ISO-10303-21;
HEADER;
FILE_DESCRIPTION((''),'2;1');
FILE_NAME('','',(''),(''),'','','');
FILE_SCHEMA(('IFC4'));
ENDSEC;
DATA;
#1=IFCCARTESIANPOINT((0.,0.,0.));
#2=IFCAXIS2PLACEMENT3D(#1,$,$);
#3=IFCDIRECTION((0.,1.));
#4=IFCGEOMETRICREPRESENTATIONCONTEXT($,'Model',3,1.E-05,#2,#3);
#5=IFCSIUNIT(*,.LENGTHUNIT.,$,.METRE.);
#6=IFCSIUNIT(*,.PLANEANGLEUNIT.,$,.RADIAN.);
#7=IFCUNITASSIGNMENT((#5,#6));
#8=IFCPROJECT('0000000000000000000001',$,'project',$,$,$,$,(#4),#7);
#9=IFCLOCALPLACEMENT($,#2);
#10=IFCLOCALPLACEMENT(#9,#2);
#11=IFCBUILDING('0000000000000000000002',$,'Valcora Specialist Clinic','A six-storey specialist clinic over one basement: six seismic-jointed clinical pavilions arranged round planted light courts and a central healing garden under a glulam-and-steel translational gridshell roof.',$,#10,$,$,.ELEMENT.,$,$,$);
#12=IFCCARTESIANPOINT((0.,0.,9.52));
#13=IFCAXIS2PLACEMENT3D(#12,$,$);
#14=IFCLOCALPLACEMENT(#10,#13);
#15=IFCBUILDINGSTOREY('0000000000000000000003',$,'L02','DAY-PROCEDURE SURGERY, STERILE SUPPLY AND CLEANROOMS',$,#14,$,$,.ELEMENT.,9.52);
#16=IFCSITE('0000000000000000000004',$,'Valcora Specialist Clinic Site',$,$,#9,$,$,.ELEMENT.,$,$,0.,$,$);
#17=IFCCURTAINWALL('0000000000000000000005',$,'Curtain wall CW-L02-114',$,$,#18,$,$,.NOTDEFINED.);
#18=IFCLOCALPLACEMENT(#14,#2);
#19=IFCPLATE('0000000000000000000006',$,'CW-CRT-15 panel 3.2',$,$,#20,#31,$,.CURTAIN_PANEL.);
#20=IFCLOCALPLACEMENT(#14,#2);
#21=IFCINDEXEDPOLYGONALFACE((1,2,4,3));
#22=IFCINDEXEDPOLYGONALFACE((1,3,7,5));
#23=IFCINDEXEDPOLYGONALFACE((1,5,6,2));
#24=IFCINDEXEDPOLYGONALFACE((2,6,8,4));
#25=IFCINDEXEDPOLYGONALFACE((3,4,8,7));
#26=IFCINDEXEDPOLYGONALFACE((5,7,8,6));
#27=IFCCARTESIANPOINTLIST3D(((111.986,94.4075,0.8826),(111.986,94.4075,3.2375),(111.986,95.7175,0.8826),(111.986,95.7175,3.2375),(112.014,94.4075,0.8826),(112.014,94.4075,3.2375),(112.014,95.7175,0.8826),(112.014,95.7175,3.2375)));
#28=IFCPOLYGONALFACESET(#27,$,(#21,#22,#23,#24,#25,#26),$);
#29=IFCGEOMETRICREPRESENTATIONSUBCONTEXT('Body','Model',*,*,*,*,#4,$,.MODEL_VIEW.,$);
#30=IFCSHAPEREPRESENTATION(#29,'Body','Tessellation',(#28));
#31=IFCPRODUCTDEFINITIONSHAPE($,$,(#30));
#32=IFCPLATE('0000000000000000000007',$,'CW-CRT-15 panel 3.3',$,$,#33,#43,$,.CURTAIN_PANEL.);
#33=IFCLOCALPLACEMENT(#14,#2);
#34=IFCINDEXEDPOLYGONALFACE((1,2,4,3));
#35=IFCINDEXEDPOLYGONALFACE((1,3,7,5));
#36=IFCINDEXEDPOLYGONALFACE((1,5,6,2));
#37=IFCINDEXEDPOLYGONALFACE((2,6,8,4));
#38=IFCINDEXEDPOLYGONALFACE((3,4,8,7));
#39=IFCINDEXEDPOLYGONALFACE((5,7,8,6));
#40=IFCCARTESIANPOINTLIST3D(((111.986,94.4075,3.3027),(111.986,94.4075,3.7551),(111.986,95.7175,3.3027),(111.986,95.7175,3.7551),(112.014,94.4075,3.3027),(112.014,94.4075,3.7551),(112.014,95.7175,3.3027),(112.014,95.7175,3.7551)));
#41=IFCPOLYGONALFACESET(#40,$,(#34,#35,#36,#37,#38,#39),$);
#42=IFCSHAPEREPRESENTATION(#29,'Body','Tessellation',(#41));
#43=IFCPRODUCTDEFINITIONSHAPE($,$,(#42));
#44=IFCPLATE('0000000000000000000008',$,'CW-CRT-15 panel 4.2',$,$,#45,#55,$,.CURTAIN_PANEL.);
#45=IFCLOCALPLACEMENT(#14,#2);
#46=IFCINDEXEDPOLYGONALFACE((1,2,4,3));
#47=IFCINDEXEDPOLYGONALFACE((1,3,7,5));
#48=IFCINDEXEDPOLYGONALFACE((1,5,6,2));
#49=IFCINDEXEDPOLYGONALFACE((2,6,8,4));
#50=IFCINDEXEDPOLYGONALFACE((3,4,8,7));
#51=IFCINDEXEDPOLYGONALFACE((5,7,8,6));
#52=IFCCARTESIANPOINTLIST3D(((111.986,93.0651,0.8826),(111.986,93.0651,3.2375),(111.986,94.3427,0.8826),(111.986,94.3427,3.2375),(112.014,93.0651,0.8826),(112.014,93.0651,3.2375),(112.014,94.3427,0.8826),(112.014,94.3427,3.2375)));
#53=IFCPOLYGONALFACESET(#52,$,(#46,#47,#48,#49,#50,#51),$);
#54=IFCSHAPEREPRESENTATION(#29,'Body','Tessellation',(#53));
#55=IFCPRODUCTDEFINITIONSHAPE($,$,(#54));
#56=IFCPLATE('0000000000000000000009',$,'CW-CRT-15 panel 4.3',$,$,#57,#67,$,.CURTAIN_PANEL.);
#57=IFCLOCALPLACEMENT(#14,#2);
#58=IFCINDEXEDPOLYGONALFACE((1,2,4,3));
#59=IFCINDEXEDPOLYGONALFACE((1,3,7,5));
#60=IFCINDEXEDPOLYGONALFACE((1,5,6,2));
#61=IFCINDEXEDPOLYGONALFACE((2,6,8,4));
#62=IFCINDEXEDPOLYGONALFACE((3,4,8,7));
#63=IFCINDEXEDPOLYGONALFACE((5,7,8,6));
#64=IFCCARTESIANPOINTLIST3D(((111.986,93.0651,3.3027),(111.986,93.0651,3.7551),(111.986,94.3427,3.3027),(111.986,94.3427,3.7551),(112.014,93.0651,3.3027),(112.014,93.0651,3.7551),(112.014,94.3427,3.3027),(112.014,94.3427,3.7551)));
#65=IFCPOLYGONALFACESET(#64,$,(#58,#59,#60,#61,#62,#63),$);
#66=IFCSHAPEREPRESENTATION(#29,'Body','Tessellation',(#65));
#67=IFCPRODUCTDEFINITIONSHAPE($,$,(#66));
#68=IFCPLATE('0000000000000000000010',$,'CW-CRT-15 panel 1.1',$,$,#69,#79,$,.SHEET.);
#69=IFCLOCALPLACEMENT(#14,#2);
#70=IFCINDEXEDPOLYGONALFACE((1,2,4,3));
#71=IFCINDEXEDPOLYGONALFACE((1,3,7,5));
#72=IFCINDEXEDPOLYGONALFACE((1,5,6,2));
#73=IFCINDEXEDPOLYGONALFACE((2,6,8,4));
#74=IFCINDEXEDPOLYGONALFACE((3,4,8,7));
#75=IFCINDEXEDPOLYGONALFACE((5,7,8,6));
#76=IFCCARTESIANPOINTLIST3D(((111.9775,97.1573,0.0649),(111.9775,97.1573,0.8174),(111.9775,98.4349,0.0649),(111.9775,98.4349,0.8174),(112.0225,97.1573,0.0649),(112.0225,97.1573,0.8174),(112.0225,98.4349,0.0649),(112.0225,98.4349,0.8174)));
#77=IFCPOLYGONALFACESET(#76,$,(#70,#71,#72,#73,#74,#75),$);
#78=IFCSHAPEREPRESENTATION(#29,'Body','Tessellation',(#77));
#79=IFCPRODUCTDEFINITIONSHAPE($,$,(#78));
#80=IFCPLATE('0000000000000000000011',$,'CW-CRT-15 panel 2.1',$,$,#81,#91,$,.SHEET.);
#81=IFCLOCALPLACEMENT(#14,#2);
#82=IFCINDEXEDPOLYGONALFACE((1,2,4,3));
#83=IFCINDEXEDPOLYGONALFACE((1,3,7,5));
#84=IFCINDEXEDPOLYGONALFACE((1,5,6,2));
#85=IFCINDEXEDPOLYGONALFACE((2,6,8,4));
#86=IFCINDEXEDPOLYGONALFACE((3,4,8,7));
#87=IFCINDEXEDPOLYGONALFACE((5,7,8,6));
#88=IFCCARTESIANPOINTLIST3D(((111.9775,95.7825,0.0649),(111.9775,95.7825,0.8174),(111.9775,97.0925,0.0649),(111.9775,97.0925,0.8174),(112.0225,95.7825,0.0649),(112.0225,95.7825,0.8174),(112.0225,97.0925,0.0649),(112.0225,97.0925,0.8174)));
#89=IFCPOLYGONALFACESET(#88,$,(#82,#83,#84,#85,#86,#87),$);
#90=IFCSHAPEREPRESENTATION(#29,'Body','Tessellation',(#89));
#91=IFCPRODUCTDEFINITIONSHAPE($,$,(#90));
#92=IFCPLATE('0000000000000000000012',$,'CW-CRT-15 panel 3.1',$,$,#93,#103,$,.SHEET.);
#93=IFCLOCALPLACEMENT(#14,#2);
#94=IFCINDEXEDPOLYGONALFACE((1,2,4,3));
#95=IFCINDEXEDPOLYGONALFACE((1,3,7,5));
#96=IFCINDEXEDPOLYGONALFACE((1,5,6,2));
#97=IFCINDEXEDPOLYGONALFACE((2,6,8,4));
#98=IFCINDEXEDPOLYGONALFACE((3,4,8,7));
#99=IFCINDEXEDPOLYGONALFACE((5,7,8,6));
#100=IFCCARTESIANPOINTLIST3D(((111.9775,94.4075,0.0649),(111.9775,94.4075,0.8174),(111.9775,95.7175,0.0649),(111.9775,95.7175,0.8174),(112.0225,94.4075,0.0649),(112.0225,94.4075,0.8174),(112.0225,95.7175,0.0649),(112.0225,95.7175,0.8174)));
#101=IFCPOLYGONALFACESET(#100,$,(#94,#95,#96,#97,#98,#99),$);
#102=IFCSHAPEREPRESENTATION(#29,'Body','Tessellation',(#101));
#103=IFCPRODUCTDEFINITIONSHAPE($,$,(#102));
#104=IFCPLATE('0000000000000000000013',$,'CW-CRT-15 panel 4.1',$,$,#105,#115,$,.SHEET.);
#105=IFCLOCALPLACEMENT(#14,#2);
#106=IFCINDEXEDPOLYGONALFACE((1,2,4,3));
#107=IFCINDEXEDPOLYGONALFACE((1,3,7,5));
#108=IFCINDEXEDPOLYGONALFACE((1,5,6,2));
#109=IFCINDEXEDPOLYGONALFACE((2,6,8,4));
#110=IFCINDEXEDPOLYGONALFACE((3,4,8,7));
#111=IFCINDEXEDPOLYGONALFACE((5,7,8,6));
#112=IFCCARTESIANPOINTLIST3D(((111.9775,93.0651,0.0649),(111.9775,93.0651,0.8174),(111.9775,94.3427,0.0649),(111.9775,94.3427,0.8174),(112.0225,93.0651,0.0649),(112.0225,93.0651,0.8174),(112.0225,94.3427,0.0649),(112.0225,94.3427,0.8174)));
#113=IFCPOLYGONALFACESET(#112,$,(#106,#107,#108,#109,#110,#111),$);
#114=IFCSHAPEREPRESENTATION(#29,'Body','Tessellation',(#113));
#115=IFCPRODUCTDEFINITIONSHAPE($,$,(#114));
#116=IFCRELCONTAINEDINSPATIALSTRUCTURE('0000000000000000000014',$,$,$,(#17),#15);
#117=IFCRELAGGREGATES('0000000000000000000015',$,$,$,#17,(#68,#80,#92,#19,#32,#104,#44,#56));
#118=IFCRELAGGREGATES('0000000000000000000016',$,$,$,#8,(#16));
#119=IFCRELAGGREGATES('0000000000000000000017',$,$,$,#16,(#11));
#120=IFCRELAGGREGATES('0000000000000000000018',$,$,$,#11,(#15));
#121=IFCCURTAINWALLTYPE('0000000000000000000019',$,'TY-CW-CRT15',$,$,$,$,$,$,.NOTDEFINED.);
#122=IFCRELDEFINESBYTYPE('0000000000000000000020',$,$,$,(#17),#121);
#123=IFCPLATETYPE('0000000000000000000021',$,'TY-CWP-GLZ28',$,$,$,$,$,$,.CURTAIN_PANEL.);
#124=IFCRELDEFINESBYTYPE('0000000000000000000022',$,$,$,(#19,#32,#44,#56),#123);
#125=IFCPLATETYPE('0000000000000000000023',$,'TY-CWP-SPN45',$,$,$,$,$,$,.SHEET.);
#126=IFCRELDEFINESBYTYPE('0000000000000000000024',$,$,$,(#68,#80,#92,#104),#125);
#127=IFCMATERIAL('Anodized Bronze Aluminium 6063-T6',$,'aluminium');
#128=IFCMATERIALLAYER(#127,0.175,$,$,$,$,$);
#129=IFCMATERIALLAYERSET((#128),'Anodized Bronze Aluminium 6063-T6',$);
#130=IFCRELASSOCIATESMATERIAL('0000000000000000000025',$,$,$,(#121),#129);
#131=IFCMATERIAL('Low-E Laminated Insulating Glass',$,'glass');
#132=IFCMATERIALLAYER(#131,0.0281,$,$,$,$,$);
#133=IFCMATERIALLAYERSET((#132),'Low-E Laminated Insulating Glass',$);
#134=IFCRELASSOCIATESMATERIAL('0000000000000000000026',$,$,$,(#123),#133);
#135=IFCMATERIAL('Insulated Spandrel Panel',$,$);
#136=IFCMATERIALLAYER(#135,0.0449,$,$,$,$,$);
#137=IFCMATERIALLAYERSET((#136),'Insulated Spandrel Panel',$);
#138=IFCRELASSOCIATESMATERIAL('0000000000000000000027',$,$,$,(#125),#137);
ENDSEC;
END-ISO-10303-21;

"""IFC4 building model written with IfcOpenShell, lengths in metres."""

from ifc_helpers import new_model, si_unit, direction, frame, origin, origin_2d, place, context, subcontext, project, spatial, rectangle, extrude, material, layer, layer_set, type_object, element, aggregate, save


model = new_model("IFC4")

# Units and contexts
model_context = context("Model", 3, precision=1e-05, world=origin(), true_north=direction((0.0, 1.0)))
body_context = subcontext(model_context, "Body", "Model", "MODEL_VIEW")
ifc_project = project(units=[si_unit("LENGTHUNIT", "METRE"), si_unit("PLANEANGLEUNIT", "RADIAN")], contexts=[model_context])

# Site, building, storey
site_placement = place(None, origin())
site = spatial("IfcSite", under=ifc_project, at=site_placement, Name="Valcora Specialist Clinic Site", CompositionType="ELEMENT", RefElevation=0.0)
building_placement = place(site_placement, origin())
building = spatial("IfcBuilding", under=site, at=building_placement, Name="Valcora Specialist Clinic", Description="A six-storey specialist clinic over one basement: six seismic-jointed clinical pavilions arranged round planted light courts and a central healing garden under a glulam-and-steel translational gridshell roof.", CompositionType="ELEMENT")
storey_placement = place(building_placement, frame((0.0, 0.0, 9.52)))
storey = spatial("IfcBuildingStorey", under=building, at=storey_placement, Name="L02", Description="DAY-PROCEDURE SURGERY, STERILE SUPPLY AND CLEANROOMS", CompositionType="ELEMENT", Elevation=9.52)

# Curtain wall
ifc_material_1 = material(Name="Anodized Bronze Aluminium 6063-T6", Category="aluminium")
ifc_layer_1 = layer(ifc_material_1, 0.175)
ifc_layer_set_1 = layer_set([ifc_layer_1], Name="Anodized Bronze Aluminium 6063-T6")
curtain_wall_type = type_object("IfcCurtainWallType", Name="TY-CW-CRT15", PredefinedType="NOTDEFINED", material=ifc_layer_set_1)
curtain_wall_1_placement = place(storey_placement, origin())
curtain_wall_1 = element("IfcCurtainWall", 1, at=curtain_wall_1_placement, inside=storey, type_object=curtain_wall_type, Name="Curtain wall CW-L02-114", PredefinedType="NOTDEFINED")

# Plates
ifc_material_2 = material(Name="Low-E Laminated Insulating Glass", Category="glass")
ifc_layer_2 = layer(ifc_material_2, 0.0281)
ifc_layer_set_2 = layer_set([ifc_layer_2], Name="Low-E Laminated Insulating Glass")
plate_type_1 = type_object("IfcPlateType", Name="TY-CWP-GLZ28", PredefinedType="CURTAIN_PANEL", material=ifc_layer_set_2)
plate_1_placement = place(storey_placement, frame((112.0, 95.0625, 0.8826), z_axis=(0.0, 0.0, 1.0), x_axis=(0.0, -1.0, 0.0)))
plate_1 = element("IfcPlate", 2, at=plate_1_placement, type_object=plate_type_1, Name="CW-CRT-15 panel 3.2", PredefinedType="CURTAIN_PANEL", context=body_context, shape_type="SweptSolid", body=[
    extrude(rectangle(XDim=1.3101, YDim=0.0281, at=origin_2d()), origin(), (0.0, 0.0, 1.0), 2.355),
])
plate_2_placement = place(storey_placement, frame((112.0, 95.0625, 3.3027), z_axis=(0.0, 0.0, 1.0), x_axis=(0.0, -1.0, 0.0)))
plate_2 = element("IfcPlate", 3, at=plate_2_placement, type_object=plate_type_1, Name="CW-CRT-15 panel 3.3", PredefinedType="CURTAIN_PANEL", context=body_context, shape_type="SweptSolid", body=[
    extrude(rectangle(XDim=1.3101, YDim=0.0281, at=origin_2d()), origin(), (0.0, 0.0, 1.0), 0.4524),
])
plate_3_placement = place(storey_placement, frame((112.0, 93.7039, 0.8826), z_axis=(0.0, 0.0, 1.0), x_axis=(0.0, -1.0, 0.0)))
plate_3 = element("IfcPlate", 4, at=plate_3_placement, type_object=plate_type_1, Name="CW-CRT-15 panel 4.2", PredefinedType="CURTAIN_PANEL", context=body_context, shape_type="SweptSolid", body=[
    extrude(rectangle(XDim=1.2776, YDim=0.0281, at=origin_2d()), origin(), (0.0, 0.0, 1.0), 2.355),
])
plate_4_placement = place(storey_placement, frame((112.0, 93.7039, 3.3027), z_axis=(0.0, 0.0, 1.0), x_axis=(0.0, -1.0, 0.0)))
plate_4 = element("IfcPlate", 5, at=plate_4_placement, type_object=plate_type_1, Name="CW-CRT-15 panel 4.3", PredefinedType="CURTAIN_PANEL", context=body_context, shape_type="SweptSolid", body=[
    extrude(rectangle(XDim=1.2776, YDim=0.0281, at=origin_2d()), origin(), (0.0, 0.0, 1.0), 0.4524),
])
ifc_material_3 = material(Name="Insulated Spandrel Panel")
ifc_layer_3 = layer(ifc_material_3, 0.0449)
ifc_layer_set_3 = layer_set([ifc_layer_3], Name="Insulated Spandrel Panel")
plate_type_2 = type_object("IfcPlateType", Name="TY-CWP-SPN45", PredefinedType="SHEET", material=ifc_layer_set_3)
plate_5_placement = place(storey_placement, frame((112.0, 97.7961, 0.0649), z_axis=(0.0, 0.0, 1.0), x_axis=(0.0, -1.0, 0.0)))
plate_5 = element("IfcPlate", 6, at=plate_5_placement, type_object=plate_type_2, Name="CW-CRT-15 panel 1.1", PredefinedType="SHEET", context=body_context, shape_type="SweptSolid", body=[
    extrude(rectangle(XDim=1.2776, YDim=0.0449, at=origin_2d()), origin(), (0.0, 0.0, 1.0), 0.7524),
])
plate_6_placement = place(storey_placement, frame((112.0, 96.4375, 0.0649), z_axis=(0.0, 0.0, 1.0), x_axis=(0.0, -1.0, 0.0)))
plate_6 = element("IfcPlate", 7, at=plate_6_placement, type_object=plate_type_2, Name="CW-CRT-15 panel 2.1", PredefinedType="SHEET", context=body_context, shape_type="SweptSolid", body=[
    extrude(rectangle(XDim=1.3101, YDim=0.0449, at=origin_2d()), origin(), (0.0, 0.0, 1.0), 0.7524),
])
plate_7_placement = place(storey_placement, frame((112.0, 95.0625, 0.0649), z_axis=(0.0, 0.0, 1.0), x_axis=(0.0, -1.0, 0.0)))
plate_7 = element("IfcPlate", 8, at=plate_7_placement, type_object=plate_type_2, Name="CW-CRT-15 panel 3.1", PredefinedType="SHEET", context=body_context, shape_type="SweptSolid", body=[
    extrude(rectangle(XDim=1.3101, YDim=0.0449, at=origin_2d()), origin(), (0.0, 0.0, 1.0), 0.7524),
])
plate_8_placement = place(storey_placement, frame((112.0, 93.7039, 0.0649), z_axis=(0.0, 0.0, 1.0), x_axis=(0.0, -1.0, 0.0)))
plate_8 = element("IfcPlate", 9, at=plate_8_placement, type_object=plate_type_2, Name="CW-CRT-15 panel 4.1", PredefinedType="SHEET", context=body_context, shape_type="SweptSolid", body=[
    extrude(rectangle(XDim=1.2776, YDim=0.0449, at=origin_2d()), origin(), (0.0, 0.0, 1.0), 0.7524),
])
aggregate(curtain_wall_1, [plate_5, plate_6, plate_7, plate_1, plate_2, plate_8, plate_3, plate_4])

save(model, "model.ifc")
